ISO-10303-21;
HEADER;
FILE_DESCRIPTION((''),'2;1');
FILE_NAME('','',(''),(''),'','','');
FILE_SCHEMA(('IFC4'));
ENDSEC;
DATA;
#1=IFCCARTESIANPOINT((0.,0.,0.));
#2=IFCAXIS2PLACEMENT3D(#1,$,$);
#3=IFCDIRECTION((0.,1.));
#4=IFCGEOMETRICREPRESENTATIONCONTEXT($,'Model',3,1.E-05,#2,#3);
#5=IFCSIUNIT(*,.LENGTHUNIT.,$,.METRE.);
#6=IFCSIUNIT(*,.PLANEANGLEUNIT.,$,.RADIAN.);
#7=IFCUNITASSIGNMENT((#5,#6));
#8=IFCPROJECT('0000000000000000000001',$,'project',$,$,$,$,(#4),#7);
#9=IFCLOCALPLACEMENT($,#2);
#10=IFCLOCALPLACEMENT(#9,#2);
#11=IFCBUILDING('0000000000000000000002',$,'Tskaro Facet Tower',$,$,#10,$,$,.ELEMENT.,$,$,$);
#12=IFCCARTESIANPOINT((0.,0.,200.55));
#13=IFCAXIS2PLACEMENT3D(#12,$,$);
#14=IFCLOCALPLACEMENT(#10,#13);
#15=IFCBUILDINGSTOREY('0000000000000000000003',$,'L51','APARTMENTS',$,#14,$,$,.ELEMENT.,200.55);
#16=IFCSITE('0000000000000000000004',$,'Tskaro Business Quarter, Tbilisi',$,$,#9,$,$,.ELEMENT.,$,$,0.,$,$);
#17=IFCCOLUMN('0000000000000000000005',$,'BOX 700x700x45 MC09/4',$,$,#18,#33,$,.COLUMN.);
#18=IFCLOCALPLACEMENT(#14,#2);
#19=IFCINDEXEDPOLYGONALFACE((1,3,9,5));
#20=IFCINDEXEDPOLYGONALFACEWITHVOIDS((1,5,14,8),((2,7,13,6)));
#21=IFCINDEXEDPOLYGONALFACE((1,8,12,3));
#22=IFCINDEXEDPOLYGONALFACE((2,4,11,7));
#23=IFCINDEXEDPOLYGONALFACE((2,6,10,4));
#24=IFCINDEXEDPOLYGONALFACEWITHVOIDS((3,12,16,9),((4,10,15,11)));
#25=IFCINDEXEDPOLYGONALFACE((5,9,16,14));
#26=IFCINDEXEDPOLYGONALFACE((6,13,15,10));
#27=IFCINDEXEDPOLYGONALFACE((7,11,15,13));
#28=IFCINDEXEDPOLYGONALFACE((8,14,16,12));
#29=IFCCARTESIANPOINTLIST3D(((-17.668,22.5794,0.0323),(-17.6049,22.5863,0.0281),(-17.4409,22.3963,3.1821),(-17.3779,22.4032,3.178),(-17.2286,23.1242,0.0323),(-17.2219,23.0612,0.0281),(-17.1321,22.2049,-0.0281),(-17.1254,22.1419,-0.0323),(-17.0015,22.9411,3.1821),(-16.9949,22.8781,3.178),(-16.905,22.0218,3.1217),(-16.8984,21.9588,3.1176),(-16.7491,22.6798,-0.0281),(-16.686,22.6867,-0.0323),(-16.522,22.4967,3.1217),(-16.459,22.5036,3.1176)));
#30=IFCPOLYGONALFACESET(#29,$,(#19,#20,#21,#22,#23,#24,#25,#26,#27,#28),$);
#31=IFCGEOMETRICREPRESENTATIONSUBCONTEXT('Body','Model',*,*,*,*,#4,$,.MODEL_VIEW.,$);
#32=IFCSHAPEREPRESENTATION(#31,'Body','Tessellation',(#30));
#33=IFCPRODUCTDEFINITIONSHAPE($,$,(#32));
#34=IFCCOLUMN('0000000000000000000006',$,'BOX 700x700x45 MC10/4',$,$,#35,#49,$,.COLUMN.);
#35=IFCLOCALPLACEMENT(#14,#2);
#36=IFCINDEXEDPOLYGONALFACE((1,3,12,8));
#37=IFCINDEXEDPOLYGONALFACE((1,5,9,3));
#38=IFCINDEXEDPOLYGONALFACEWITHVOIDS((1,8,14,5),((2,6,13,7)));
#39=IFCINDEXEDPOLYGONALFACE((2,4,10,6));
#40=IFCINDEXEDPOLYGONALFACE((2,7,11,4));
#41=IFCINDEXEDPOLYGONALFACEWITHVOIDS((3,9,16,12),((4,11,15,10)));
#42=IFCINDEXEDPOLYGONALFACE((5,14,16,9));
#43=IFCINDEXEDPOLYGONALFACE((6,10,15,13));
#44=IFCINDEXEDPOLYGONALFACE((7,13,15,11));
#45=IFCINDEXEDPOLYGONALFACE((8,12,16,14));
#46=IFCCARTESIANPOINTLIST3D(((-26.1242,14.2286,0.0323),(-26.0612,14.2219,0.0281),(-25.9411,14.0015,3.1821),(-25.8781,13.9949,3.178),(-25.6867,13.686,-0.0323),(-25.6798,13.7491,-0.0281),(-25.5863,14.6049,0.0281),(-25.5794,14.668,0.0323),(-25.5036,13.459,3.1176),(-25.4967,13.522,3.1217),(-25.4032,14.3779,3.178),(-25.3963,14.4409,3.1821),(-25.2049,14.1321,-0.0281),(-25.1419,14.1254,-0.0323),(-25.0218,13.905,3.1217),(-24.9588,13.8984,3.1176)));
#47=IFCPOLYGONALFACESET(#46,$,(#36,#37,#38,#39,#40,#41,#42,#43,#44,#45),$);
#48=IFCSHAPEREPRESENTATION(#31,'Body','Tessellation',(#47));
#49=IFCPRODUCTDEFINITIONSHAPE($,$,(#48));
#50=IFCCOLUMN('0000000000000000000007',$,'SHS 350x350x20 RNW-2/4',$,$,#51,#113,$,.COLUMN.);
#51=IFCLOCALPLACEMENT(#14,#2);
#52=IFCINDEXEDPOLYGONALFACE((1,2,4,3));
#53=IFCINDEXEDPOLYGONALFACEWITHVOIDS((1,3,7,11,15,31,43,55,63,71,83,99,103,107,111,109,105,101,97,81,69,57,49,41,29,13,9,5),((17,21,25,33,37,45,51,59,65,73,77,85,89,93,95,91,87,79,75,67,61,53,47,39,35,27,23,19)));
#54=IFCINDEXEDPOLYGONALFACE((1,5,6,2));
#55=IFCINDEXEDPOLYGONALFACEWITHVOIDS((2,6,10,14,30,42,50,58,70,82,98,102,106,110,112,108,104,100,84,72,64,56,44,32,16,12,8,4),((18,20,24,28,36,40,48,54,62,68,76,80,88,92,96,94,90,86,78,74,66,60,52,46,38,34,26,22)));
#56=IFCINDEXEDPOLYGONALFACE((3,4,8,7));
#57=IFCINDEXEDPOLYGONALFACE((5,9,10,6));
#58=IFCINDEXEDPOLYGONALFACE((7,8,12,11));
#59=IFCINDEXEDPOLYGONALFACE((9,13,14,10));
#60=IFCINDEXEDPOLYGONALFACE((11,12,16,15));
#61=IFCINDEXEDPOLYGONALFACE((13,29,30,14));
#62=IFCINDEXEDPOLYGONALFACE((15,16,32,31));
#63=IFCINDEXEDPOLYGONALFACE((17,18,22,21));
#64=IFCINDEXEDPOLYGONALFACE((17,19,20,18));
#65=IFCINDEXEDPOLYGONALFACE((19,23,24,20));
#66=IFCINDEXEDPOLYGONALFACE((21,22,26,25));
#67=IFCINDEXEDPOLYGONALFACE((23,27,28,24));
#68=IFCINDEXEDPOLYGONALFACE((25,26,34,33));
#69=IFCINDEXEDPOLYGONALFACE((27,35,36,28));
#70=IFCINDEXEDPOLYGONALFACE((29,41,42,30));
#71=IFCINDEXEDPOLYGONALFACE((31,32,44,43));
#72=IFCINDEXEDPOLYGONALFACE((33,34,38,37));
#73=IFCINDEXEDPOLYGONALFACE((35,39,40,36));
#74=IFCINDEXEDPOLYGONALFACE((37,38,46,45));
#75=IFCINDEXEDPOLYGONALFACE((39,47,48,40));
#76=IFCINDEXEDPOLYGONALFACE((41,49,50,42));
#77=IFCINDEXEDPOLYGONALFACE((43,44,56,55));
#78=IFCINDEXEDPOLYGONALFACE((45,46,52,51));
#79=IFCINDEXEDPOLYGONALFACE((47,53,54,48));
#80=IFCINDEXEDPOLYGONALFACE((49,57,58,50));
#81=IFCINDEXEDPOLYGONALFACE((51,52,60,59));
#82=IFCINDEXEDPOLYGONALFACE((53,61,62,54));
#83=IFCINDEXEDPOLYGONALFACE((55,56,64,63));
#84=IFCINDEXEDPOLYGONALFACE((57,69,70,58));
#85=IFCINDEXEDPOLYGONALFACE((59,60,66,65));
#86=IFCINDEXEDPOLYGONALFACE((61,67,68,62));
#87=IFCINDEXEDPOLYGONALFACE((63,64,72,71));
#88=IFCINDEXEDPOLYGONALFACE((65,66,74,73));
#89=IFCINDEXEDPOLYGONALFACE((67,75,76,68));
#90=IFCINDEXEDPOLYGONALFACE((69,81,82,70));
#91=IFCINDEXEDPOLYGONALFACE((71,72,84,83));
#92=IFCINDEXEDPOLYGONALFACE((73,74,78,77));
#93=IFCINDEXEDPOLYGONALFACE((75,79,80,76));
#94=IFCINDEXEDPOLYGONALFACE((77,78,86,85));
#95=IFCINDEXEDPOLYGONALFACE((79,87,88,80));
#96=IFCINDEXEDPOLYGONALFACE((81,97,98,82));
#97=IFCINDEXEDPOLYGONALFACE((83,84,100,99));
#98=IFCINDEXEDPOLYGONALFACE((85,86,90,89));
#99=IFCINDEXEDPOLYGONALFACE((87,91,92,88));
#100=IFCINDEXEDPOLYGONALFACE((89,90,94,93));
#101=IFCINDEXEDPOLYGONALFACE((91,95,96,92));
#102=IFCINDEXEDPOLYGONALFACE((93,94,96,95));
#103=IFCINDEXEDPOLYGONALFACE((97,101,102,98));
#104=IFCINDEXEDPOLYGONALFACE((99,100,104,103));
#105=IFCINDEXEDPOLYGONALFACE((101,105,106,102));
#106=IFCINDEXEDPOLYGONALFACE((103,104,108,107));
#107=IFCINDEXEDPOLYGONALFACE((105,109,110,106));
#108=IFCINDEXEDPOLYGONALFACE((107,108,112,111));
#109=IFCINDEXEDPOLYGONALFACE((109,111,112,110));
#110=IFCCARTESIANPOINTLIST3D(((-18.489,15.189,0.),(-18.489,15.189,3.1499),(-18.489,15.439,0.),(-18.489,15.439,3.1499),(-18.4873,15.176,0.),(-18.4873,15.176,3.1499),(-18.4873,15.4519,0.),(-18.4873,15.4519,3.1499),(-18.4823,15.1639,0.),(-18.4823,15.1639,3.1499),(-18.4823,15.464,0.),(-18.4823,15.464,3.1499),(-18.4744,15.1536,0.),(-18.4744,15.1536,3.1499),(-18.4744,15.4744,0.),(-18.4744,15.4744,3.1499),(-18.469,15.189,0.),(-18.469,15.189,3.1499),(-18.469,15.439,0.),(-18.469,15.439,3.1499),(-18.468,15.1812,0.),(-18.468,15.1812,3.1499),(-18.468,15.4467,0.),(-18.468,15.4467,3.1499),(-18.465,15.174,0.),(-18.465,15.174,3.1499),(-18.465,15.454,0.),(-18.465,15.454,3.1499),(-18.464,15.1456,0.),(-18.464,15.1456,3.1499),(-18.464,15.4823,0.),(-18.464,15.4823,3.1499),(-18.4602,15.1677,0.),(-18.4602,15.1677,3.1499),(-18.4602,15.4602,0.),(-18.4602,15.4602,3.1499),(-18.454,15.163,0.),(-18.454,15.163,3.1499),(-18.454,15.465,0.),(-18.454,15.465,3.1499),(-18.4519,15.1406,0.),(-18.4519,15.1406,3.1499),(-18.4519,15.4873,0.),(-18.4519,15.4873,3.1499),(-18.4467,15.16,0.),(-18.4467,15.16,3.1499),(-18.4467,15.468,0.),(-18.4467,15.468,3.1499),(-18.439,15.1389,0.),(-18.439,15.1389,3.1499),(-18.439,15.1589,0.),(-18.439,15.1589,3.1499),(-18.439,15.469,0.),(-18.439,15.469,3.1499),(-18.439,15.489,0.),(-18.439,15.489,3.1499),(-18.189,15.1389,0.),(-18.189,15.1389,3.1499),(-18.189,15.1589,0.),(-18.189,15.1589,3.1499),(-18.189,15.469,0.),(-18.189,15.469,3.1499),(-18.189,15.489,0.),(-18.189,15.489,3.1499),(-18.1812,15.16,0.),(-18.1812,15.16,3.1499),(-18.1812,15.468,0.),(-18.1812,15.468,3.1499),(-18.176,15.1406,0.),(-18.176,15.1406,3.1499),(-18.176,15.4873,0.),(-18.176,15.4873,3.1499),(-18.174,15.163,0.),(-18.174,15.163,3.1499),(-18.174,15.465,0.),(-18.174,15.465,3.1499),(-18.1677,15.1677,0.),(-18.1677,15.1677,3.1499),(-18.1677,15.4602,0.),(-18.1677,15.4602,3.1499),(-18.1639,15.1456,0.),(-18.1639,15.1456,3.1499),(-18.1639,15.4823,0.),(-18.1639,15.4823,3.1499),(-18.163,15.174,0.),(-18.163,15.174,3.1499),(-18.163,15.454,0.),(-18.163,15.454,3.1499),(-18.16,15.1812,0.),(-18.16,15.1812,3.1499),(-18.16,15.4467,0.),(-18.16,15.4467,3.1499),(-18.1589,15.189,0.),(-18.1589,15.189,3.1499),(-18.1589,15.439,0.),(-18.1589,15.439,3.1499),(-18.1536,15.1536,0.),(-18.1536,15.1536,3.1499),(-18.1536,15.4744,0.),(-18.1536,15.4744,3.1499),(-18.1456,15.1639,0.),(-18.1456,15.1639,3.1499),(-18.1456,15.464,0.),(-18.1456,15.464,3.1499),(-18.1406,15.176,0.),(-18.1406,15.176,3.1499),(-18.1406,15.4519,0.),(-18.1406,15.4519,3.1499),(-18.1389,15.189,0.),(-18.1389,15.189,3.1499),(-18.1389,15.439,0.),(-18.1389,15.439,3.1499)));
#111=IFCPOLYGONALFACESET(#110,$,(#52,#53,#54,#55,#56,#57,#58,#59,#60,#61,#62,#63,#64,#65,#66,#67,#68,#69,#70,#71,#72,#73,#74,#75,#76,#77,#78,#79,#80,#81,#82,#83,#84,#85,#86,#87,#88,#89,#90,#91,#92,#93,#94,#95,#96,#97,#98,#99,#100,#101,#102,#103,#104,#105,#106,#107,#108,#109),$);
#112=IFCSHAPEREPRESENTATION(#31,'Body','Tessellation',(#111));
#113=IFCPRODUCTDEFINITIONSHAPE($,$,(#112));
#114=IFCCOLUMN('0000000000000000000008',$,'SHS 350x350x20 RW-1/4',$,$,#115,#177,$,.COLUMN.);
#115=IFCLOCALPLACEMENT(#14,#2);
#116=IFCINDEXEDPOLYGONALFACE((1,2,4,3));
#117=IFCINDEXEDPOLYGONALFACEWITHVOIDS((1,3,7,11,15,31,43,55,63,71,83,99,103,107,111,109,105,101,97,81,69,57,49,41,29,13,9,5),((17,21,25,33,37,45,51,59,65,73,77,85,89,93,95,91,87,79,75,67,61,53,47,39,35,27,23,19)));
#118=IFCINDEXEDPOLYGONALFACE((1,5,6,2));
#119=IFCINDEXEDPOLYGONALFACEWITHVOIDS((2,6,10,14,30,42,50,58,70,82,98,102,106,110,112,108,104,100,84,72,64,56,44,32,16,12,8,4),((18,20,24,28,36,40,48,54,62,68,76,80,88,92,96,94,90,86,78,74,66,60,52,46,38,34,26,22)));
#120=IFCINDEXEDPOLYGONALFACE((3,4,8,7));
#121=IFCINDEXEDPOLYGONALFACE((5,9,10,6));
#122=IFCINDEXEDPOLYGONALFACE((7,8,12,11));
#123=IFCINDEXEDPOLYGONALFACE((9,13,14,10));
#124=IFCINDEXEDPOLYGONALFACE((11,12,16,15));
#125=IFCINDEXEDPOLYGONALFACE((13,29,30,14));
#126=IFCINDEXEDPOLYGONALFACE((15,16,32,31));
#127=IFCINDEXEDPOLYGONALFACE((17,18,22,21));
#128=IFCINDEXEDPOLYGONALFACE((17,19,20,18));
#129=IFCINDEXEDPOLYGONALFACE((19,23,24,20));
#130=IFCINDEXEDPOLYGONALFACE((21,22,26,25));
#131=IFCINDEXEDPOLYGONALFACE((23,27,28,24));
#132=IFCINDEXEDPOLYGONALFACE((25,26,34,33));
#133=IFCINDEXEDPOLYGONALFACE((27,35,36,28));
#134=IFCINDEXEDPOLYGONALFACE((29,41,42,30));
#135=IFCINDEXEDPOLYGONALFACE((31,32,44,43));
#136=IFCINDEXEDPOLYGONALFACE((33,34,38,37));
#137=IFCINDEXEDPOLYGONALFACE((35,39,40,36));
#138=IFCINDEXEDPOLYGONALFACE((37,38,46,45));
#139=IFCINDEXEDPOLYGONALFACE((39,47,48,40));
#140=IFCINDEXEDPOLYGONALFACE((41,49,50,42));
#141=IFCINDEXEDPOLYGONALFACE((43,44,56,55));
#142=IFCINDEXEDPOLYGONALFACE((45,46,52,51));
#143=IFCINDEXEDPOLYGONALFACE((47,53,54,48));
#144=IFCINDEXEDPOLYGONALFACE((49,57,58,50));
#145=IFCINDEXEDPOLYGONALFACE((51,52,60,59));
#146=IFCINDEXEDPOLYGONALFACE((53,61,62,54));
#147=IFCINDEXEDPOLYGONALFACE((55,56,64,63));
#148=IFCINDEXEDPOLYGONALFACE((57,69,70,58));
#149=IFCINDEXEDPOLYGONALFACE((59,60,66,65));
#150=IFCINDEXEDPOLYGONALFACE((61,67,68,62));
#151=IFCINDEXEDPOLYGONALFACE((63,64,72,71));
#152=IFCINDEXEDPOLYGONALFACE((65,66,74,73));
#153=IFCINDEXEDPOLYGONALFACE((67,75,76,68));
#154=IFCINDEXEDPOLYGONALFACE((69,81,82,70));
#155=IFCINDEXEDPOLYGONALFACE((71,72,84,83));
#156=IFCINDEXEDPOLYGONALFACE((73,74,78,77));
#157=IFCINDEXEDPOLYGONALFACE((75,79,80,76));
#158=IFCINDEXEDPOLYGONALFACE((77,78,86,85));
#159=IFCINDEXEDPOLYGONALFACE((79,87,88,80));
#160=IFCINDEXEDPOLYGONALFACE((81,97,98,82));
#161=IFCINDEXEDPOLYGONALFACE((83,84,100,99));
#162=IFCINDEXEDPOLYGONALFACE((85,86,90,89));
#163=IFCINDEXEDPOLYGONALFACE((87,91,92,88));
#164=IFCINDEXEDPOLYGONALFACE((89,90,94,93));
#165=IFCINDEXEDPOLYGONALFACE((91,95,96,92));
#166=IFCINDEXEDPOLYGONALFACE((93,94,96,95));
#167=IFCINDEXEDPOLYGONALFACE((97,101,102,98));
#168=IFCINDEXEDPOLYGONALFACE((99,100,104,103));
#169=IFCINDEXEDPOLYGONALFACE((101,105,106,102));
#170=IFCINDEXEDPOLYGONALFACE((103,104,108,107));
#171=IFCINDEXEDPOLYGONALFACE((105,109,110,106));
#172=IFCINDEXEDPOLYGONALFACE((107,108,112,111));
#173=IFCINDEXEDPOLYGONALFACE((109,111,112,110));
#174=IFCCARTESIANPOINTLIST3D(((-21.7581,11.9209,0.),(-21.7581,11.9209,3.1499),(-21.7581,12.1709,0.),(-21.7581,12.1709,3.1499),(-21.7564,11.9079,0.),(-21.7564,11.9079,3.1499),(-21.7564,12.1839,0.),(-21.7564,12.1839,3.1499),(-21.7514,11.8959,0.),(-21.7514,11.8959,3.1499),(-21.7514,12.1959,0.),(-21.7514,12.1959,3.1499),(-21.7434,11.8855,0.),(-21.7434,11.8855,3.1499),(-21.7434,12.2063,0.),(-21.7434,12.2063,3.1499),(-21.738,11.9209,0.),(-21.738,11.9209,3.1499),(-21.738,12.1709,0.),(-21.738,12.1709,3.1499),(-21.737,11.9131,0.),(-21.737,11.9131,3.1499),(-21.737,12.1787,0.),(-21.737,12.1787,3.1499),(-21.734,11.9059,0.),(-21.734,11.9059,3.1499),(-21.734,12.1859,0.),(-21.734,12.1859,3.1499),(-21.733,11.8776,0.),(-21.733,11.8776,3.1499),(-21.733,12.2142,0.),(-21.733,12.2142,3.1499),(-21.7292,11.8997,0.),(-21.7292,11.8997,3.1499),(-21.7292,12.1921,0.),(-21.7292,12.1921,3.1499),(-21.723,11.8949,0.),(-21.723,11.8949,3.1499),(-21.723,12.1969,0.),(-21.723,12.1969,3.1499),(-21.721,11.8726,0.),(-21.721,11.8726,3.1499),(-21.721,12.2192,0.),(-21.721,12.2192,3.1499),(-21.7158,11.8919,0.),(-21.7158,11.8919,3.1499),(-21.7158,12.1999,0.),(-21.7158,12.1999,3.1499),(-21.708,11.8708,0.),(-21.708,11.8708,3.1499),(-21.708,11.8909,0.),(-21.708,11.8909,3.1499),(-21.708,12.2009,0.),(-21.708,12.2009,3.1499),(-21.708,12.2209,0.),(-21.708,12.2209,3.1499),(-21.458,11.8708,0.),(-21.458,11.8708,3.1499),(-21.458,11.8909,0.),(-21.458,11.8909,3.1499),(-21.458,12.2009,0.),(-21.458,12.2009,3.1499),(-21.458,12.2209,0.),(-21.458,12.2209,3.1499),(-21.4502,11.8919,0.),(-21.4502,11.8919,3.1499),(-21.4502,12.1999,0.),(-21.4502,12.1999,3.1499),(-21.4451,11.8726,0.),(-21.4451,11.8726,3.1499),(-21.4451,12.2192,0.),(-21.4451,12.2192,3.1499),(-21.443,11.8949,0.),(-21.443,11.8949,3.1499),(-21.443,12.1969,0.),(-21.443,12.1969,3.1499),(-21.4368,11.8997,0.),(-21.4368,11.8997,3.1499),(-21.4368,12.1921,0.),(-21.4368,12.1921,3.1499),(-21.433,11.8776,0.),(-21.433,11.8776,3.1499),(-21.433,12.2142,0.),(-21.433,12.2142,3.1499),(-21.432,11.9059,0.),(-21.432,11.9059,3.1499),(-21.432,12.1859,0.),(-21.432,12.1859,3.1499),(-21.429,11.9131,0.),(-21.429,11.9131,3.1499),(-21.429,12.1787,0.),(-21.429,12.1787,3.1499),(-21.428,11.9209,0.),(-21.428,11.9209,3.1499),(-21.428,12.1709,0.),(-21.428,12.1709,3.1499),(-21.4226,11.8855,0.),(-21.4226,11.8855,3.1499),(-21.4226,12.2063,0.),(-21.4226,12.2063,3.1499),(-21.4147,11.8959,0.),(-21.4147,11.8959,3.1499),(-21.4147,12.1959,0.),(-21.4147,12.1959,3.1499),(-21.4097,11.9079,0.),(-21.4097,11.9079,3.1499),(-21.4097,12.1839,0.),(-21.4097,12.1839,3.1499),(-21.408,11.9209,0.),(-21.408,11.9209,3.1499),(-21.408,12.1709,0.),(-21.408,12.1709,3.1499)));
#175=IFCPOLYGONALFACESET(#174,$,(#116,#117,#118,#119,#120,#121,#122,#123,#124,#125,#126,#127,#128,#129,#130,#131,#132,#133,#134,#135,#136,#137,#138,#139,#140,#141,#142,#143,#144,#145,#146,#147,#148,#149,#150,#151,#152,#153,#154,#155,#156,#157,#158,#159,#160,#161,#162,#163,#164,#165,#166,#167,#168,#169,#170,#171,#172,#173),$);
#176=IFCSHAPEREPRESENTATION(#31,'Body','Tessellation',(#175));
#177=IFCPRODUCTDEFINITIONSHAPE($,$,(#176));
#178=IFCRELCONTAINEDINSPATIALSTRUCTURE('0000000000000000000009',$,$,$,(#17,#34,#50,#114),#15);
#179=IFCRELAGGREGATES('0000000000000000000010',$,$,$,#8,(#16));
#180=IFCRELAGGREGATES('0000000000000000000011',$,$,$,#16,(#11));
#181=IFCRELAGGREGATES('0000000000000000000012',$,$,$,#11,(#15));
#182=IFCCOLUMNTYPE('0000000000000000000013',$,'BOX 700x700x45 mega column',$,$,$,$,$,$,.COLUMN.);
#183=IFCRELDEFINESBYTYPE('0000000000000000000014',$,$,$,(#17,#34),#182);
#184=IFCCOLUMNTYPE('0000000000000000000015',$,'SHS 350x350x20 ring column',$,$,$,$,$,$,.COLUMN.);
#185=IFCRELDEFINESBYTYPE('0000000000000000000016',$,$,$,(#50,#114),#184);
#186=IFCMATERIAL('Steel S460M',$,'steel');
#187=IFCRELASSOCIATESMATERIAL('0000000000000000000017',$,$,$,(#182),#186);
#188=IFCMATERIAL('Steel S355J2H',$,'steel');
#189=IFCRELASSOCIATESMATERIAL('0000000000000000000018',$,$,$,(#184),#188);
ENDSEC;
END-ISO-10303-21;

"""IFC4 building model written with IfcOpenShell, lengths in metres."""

from ifc_helpers import new_model, si_unit, direction, frame, origin, origin_2d, place, context, subcontext, project, spatial, hollow_rectangle, extrude, material, material_profile, profile_set, type_object, element, save


model = new_model("IFC4")

# Units and contexts
model_context = context("Model", 3, precision=1e-05, world=origin(), true_north=direction((0.0, 1.0)))
body_context = subcontext(model_context, "Body", "Model", "MODEL_VIEW")
ifc_project = project(units=[si_unit("LENGTHUNIT", "METRE"), si_unit("PLANEANGLEUNIT", "RADIAN")], contexts=[model_context])

# Site, building, storey
site_placement = place(None, origin())
site = spatial("IfcSite", under=ifc_project, at=site_placement, Name="Tskaro Business Quarter, Tbilisi", CompositionType="ELEMENT", RefElevation=0.0)
building_placement = place(site_placement, origin())
building = spatial("IfcBuilding", under=site, at=building_placement, Name="Tskaro Facet Tower", CompositionType="ELEMENT")
storey_placement = place(building_placement, frame((0.0, 0.0, 200.55)))
storey = spatial("IfcBuildingStorey", under=building, at=storey_placement, Name="L51", Description="APARTMENTS", CompositionType="ELEMENT", Elevation=200.55)

# Columns
ifc_material_1 = material(Name="Steel S460M", Category="steel")
ifc_material_profile_1 = material_profile(ifc_material_1, hollow_rectangle(XDim=0.7, YDim=0.7, WallThickness=0.0449, at=origin_2d()), Name="BOX 700x700x45")
ifc_profile_set_1 = profile_set([ifc_material_profile_1], Name="Steel S460M")
column_type_1 = type_object("IfcColumnType", Name="BOX 700x700x45 mega column", PredefinedType="COLUMN", material=ifc_profile_set_1)
for number, where, z_axis, x_axis, name in (
    (1, (-17.177, 22.6331, 0.0), (0.071775, -0.057883, 0.99574), (0.627752, 0.778413, 0.0), "BOX 700x700x45 MC09/4"),
    (2, (-25.6331, 14.177, 0.0), (0.057883, -0.071775, 0.99574), (0.778413, 0.627752, 0.0), "BOX 700x700x45 MC10/4"),
):
    element("IfcColumn", number, at=place(storey_placement, frame(where, z_axis=z_axis, x_axis=x_axis)), inside=storey, type_object=column_type_1, Name=name, PredefinedType="COLUMN", context=body_context, shape_type="SweptSolid", body=[
        extrude(hollow_rectangle(XDim=0.7, YDim=0.7, WallThickness=0.0449, at=origin_2d()), origin(), (0.0, 0.0, 1.0), 3.1633),
    ])
ifc_material_2 = material(Name="Steel S355J2H", Category="steel")
ifc_material_profile_2 = material_profile(ifc_material_2, hollow_rectangle(XDim=0.3501, YDim=0.3501, WallThickness=0.02, InnerFilletRadius=0.03, OuterFilletRadius=0.05, at=origin_2d()), Name="SHS 350x350x20")
ifc_profile_set_2 = profile_set([ifc_material_profile_2], Name="Steel S355J2H")
column_type_2 = type_object("IfcColumnType", Name="SHS 350x350x20 ring column", PredefinedType="COLUMN", material=ifc_profile_set_2)
for number, where, z_axis, x_axis, name in (
    (3, (-18.314, 15.314, 0.0), (0.0, 0.0, 1.0), (1.0, 0.0, 0.0), "SHS 350x350x20 RNW-2/4"),
    (4, (-21.583, 12.0459, 0.0), (0.0, 0.0, 1.0), (1.0, 0.0, 0.0), "SHS 350x350x20 RW-1/4"),
):
    element("IfcColumn", number, at=place(storey_placement, frame(where, z_axis=z_axis, x_axis=x_axis)), inside=storey, type_object=column_type_2, Name=name, PredefinedType="COLUMN", context=body_context, shape_type="SweptSolid", body=[
        extrude(hollow_rectangle(XDim=0.3501, YDim=0.3501, WallThickness=0.02, InnerFilletRadius=0.03, OuterFilletRadius=0.05, at=origin_2d()), origin(), (0.0, 0.0, 1.0), 3.1499),
    ])

save(model, "model.ifc")
